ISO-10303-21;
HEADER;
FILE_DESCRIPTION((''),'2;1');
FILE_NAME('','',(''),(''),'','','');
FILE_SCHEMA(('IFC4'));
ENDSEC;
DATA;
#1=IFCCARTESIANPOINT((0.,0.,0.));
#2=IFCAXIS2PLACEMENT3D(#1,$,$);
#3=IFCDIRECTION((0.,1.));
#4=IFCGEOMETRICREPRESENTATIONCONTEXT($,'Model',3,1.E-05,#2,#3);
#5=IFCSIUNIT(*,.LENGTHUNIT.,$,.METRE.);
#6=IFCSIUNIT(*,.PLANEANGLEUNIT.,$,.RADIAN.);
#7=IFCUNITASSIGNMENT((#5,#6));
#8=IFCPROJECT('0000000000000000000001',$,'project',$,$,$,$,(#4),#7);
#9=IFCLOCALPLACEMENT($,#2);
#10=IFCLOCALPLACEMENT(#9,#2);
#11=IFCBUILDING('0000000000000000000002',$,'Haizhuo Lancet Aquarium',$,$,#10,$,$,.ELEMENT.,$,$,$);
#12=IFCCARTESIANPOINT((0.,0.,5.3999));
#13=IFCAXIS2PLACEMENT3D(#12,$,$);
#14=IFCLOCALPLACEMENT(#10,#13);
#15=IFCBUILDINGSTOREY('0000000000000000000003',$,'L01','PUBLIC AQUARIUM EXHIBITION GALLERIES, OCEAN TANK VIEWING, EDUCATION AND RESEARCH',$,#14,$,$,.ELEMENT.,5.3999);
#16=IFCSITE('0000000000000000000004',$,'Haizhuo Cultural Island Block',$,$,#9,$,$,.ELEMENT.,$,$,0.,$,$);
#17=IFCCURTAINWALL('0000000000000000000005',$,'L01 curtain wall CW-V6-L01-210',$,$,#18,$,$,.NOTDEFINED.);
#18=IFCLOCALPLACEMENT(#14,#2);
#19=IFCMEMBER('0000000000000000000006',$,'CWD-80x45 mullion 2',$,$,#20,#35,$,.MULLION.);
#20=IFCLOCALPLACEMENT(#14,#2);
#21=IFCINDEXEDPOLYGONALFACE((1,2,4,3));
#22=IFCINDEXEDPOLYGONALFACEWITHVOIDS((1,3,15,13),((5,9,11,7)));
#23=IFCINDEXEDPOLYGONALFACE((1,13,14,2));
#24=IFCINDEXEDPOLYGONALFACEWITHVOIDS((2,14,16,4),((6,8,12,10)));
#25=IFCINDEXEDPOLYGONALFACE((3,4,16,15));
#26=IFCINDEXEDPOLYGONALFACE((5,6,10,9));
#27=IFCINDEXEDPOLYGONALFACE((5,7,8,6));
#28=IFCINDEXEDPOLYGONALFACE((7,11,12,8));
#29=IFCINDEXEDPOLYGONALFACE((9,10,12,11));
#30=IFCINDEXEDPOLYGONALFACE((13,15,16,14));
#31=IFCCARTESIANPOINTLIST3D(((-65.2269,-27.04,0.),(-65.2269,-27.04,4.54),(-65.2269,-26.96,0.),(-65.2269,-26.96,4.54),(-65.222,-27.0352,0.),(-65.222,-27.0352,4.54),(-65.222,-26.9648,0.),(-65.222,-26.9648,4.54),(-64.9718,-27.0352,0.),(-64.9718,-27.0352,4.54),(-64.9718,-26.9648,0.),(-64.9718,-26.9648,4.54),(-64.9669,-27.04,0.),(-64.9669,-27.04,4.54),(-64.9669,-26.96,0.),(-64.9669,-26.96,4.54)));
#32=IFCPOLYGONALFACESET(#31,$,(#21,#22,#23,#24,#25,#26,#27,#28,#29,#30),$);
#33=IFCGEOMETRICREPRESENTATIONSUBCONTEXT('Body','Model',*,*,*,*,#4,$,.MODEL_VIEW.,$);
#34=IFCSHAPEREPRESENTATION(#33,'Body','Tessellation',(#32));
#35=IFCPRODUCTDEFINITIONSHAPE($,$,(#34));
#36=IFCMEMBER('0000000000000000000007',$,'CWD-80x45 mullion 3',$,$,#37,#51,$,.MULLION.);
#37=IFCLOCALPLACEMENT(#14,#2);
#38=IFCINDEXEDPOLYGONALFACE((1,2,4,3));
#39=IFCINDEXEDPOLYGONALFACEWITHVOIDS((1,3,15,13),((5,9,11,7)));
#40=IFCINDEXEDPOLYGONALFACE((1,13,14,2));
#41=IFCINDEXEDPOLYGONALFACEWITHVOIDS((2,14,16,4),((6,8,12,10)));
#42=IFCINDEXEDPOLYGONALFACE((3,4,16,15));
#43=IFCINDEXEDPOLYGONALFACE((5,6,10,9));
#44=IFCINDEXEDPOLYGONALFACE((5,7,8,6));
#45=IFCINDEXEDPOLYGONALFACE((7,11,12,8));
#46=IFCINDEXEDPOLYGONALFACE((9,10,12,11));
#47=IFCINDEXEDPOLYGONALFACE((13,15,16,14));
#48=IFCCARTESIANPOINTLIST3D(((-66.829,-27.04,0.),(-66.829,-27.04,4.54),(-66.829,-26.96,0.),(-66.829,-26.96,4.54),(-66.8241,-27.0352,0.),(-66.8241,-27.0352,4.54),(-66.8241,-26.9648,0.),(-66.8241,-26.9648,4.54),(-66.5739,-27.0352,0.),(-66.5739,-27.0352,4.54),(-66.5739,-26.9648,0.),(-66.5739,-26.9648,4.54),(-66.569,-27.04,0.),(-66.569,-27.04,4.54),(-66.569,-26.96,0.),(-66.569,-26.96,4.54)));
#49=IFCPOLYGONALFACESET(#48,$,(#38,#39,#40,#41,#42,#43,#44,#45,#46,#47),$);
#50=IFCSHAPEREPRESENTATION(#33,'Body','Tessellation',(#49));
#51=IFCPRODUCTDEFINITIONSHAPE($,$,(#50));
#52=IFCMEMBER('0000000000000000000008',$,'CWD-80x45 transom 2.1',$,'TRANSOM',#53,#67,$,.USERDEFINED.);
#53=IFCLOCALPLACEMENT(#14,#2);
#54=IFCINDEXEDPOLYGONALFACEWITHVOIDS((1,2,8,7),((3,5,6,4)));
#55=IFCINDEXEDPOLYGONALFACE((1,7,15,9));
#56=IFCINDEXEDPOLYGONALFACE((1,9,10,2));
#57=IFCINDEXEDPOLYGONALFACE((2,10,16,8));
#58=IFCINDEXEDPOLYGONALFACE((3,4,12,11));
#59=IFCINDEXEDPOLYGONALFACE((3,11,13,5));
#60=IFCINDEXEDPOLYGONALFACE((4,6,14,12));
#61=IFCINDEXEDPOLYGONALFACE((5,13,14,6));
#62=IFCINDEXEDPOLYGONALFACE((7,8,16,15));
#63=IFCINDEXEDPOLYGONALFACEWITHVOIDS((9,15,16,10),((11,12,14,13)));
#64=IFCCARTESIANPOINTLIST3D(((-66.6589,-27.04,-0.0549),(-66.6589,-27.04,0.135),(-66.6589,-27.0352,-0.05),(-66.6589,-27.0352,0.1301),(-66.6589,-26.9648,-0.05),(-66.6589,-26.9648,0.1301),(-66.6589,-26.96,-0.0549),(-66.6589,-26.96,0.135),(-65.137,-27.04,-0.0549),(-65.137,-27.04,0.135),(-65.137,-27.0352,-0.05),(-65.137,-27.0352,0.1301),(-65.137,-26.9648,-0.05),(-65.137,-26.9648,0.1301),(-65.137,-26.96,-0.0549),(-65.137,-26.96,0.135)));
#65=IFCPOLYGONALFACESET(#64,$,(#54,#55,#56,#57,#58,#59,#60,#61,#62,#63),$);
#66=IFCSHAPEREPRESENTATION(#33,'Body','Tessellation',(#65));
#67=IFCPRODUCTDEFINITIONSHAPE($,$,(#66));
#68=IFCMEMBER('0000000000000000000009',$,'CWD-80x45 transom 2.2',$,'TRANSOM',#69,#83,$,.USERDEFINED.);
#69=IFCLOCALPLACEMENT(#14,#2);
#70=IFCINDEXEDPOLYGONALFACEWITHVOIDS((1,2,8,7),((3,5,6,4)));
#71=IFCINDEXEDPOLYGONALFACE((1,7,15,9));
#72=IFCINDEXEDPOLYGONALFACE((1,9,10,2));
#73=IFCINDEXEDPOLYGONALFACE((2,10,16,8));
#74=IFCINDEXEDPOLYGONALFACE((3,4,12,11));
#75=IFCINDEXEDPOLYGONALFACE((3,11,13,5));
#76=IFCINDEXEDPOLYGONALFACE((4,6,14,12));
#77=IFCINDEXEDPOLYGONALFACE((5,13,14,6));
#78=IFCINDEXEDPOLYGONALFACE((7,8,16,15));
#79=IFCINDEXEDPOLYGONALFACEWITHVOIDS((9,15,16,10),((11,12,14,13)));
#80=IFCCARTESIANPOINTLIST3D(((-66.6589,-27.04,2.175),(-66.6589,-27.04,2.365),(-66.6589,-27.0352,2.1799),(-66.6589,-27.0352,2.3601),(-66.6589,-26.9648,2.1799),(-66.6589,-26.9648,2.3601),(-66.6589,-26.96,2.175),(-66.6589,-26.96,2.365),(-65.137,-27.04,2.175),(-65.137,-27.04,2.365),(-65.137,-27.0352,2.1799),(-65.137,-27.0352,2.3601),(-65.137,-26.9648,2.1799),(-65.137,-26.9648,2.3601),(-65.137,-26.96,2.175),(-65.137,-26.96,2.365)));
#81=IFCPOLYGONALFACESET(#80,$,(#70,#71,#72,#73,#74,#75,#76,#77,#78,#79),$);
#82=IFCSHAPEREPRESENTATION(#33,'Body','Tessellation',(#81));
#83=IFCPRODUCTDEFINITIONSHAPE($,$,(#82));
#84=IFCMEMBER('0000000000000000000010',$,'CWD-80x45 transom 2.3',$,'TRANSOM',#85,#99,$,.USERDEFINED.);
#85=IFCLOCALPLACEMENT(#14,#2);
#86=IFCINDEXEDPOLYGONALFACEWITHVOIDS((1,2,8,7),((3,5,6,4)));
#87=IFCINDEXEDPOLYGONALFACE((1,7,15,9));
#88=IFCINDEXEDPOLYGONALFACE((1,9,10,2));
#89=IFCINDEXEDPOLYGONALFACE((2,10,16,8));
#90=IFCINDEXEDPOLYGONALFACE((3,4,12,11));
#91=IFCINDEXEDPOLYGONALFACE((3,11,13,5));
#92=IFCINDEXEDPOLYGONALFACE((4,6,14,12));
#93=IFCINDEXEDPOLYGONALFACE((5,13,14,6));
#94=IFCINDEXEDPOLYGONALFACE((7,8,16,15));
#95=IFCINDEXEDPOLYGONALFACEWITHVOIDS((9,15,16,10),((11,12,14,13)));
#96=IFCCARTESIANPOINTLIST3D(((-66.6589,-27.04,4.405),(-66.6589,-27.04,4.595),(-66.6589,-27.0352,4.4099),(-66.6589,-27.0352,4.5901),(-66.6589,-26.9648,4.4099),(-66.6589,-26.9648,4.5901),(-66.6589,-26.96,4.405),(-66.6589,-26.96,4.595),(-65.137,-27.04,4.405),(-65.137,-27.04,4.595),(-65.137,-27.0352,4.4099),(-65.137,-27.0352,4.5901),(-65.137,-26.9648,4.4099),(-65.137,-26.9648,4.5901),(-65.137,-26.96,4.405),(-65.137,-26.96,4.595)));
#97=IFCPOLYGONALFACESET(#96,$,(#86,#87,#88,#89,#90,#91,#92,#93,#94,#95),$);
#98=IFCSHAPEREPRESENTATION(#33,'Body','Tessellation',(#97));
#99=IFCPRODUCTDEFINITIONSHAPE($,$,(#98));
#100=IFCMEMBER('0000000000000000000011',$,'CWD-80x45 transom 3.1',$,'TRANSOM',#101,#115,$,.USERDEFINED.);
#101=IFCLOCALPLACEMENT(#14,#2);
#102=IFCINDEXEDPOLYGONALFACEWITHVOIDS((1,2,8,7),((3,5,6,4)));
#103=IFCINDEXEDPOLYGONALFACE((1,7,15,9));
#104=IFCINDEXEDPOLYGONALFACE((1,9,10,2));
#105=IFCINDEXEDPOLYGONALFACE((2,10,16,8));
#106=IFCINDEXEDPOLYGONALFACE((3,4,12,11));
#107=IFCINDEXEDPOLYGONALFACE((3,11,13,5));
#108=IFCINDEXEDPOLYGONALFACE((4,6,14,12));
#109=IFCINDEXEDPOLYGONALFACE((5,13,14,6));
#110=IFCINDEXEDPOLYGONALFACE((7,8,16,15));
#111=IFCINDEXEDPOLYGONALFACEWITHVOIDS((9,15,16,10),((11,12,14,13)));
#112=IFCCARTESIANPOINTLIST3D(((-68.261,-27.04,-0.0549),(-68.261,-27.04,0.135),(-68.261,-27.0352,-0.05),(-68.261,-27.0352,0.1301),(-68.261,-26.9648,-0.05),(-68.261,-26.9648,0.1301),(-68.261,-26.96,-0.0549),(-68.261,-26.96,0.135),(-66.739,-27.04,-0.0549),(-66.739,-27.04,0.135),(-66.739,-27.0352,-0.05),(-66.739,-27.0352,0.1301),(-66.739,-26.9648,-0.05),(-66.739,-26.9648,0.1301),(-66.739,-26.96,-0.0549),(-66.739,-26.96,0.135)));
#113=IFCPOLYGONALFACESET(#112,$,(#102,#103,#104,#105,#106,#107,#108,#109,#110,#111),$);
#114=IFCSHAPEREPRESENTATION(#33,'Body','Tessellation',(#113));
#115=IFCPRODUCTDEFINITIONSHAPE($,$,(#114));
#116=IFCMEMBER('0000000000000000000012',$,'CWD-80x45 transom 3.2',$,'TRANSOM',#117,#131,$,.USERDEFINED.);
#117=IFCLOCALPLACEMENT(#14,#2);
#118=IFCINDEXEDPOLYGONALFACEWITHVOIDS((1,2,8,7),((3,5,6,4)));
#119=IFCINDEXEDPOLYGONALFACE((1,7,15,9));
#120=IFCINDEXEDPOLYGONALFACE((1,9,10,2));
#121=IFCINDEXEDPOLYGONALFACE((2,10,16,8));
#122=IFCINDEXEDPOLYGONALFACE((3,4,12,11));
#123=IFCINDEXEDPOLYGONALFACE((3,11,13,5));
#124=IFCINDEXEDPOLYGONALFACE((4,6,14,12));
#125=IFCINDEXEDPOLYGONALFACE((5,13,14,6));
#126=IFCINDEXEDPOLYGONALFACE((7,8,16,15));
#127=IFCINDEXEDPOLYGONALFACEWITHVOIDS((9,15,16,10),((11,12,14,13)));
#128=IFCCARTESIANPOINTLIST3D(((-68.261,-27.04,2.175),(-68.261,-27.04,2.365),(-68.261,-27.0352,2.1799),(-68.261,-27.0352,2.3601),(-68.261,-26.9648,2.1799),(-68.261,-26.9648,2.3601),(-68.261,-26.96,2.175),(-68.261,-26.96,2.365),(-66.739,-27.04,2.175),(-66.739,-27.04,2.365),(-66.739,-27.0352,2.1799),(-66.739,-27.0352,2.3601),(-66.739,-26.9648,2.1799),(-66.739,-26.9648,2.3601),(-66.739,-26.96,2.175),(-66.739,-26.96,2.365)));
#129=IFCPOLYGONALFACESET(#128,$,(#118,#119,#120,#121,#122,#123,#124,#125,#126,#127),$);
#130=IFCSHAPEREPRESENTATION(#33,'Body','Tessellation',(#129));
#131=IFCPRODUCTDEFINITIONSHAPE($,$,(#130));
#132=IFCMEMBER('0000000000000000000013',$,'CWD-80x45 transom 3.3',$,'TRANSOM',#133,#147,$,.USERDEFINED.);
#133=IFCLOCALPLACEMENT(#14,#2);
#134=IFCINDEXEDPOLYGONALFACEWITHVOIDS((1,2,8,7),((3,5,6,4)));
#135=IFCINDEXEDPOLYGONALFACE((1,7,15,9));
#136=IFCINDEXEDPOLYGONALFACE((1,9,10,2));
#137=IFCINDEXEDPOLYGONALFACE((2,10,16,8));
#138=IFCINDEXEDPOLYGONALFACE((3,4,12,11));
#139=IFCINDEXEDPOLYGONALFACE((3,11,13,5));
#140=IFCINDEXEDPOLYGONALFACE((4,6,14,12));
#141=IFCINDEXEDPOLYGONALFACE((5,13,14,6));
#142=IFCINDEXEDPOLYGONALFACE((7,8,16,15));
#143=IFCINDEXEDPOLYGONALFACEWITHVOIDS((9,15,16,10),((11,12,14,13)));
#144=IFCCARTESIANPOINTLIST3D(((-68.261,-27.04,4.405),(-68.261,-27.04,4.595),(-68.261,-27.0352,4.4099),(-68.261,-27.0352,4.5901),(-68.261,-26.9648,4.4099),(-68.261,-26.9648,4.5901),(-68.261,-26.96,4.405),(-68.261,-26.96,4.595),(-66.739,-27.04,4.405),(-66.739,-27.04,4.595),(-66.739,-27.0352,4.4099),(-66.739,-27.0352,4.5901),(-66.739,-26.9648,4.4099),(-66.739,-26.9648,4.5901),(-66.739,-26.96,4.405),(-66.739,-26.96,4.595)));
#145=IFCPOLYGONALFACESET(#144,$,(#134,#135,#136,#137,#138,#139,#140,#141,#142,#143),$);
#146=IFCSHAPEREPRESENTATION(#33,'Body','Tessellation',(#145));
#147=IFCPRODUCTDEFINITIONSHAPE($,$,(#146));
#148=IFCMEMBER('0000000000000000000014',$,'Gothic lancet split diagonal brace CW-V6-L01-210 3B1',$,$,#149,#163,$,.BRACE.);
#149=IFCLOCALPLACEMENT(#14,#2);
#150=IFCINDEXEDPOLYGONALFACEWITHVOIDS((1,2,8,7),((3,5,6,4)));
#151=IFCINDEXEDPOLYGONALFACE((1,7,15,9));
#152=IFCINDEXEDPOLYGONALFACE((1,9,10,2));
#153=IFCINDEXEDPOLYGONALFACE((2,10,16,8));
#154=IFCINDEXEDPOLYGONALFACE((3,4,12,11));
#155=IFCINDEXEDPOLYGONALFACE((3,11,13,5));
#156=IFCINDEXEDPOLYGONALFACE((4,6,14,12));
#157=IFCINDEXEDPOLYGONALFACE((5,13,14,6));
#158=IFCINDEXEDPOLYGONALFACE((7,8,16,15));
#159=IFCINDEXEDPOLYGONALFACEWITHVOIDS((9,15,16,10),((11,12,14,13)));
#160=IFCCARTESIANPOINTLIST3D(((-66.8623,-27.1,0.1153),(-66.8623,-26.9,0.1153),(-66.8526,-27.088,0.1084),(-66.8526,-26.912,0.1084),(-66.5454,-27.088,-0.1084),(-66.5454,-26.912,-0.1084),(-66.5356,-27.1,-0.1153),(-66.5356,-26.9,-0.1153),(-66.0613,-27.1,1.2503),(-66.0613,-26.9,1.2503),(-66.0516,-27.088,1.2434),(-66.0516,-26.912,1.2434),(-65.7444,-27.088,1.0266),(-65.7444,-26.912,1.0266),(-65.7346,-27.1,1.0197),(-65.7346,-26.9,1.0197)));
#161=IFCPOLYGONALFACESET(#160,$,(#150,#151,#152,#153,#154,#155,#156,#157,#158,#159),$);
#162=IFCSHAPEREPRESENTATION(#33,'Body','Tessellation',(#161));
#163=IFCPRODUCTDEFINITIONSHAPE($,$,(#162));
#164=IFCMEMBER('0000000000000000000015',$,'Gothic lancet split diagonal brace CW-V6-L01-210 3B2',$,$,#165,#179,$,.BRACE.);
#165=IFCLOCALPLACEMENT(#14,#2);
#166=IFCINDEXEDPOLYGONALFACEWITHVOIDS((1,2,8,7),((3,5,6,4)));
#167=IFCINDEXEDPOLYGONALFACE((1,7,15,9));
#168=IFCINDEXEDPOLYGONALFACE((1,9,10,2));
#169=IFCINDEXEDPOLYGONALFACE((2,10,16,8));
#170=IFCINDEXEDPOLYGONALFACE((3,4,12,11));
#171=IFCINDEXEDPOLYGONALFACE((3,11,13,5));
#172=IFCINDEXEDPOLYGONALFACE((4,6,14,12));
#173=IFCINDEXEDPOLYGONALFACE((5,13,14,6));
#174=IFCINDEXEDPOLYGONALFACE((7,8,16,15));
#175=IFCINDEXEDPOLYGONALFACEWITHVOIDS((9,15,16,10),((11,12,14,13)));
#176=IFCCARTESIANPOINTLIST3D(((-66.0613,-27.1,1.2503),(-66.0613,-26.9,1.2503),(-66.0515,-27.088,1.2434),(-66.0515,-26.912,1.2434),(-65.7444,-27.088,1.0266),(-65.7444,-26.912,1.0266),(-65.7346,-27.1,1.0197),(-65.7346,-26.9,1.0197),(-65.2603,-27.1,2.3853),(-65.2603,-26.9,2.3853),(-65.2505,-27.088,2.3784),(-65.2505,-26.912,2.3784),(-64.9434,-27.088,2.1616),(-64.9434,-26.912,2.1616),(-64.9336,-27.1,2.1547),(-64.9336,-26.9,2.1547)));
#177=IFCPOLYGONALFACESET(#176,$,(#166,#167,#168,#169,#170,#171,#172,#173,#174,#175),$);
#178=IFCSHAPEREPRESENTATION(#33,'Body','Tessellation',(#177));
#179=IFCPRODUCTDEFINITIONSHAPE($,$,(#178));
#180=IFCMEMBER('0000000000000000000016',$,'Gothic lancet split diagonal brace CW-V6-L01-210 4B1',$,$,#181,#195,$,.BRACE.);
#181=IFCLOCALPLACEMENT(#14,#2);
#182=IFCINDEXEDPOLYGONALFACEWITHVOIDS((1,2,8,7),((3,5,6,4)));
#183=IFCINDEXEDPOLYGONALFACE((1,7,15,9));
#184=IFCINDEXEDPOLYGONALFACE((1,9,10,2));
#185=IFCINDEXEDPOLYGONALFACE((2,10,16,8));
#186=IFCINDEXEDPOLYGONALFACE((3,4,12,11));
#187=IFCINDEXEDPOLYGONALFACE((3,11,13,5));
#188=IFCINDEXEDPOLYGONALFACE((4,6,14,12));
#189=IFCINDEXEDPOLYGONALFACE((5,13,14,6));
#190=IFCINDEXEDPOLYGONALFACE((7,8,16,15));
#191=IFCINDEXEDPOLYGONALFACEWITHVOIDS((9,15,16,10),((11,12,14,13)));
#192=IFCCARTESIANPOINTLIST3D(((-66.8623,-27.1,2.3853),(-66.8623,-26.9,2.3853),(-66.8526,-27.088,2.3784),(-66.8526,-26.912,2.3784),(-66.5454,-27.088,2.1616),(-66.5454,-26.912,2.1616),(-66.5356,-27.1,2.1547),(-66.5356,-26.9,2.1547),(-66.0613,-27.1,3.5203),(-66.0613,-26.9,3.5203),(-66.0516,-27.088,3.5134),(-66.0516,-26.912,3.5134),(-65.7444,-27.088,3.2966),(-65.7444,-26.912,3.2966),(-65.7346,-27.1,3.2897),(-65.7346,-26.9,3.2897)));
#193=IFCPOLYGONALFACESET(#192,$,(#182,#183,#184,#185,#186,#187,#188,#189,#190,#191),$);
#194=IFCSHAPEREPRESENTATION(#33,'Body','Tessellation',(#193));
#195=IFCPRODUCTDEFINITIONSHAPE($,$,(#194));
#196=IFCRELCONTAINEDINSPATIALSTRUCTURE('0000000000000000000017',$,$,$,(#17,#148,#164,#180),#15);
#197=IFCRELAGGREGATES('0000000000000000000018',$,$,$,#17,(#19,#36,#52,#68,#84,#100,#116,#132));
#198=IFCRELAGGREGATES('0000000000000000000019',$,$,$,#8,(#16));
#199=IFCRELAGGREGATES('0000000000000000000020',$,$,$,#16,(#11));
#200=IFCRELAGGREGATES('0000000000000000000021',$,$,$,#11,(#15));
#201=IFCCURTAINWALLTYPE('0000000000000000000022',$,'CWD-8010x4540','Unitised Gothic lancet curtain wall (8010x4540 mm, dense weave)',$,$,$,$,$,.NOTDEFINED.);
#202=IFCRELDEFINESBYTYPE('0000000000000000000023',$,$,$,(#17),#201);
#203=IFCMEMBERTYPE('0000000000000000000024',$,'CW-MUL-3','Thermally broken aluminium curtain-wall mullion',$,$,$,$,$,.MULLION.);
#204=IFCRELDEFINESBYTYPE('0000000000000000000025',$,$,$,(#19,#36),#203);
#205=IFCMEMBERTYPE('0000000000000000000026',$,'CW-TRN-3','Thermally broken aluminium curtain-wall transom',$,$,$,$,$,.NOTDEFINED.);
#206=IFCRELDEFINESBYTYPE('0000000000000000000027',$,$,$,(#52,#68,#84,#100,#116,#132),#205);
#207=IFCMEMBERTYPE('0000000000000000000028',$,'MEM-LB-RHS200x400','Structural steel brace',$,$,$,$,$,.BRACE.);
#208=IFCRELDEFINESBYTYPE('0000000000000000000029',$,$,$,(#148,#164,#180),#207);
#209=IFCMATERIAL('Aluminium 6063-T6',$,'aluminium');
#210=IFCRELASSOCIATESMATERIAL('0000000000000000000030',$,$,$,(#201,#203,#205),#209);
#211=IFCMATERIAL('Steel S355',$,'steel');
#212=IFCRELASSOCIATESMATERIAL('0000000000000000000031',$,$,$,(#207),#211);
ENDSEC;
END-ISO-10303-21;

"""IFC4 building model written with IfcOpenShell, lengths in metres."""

from ifc_helpers import new_model, si_unit, direction, frame, origin, origin_2d, place, context, subcontext, project, spatial, hollow_rectangle, extrude, material, material_profile, profile_set, type_object, element, aggregate, save


model = new_model("IFC4")

# Units and contexts
model_context = context("Model", 3, precision=1e-05, world=origin(), true_north=direction((0.0, 1.0)))
body_context = subcontext(model_context, "Body", "Model", "MODEL_VIEW")
ifc_project = project(units=[si_unit("LENGTHUNIT", "METRE"), si_unit("PLANEANGLEUNIT", "RADIAN")], contexts=[model_context])

# Site, building, storey
site_placement = place(None, origin())
site = spatial("IfcSite", under=ifc_project, at=site_placement, Name="Haizhuo Cultural Island Block", CompositionType="ELEMENT", RefElevation=0.0)
building_placement = place(site_placement, origin())
building = spatial("IfcBuilding", under=site, at=building_placement, Name="Haizhuo Lancet Aquarium", CompositionType="ELEMENT")
storey_placement = place(building_placement, frame((0.0, 0.0, 5.3999)))
storey = spatial("IfcBuildingStorey", under=building, at=storey_placement, Name="L01", Description="PUBLIC AQUARIUM EXHIBITION GALLERIES, OCEAN TANK VIEWING, EDUCATION AND RESEARCH", CompositionType="ELEMENT", Elevation=5.3999)

# Curtain wall, members
ifc_material_1 = material(Name="Aluminium 6063-T6", Category="aluminium")
curtain_wall_type = type_object("IfcCurtainWallType", Name="CWD-8010x4540", Description="Unitised Gothic lancet curtain wall (8010x4540 mm, dense weave)", PredefinedType="NOTDEFINED", material=ifc_material_1)
curtain_wall_placement = place(storey_placement, origin())
curtain_wall = element("IfcCurtainWall", 1, at=curtain_wall_placement, inside=storey, type_object=curtain_wall_type, Name="L01 curtain wall CW-V6-L01-210", PredefinedType="NOTDEFINED")
ifc_material_profile_1 = material_profile(ifc_material_1, hollow_rectangle(XDim=0.0801, YDim=0.26, WallThickness=0.0049, at=origin_2d()), Name="ALU-M 80x260x5")
ifc_profile_set_1 = profile_set([ifc_material_profile_1], Name="Aluminium 6063-T6")
member_type_1 = type_object("IfcMemberType", Name="CW-MUL-3", Description="Thermally broken aluminium curtain-wall mullion", PredefinedType="MULLION", material=ifc_profile_set_1)
member_1_placement = place(storey_placement, frame((-65.0969, -27.0, 0.0), z_axis=(0.0, 0.0, 1.0), x_axis=(0.0, -1.0, 0.0)))
member_1 = element("IfcMember", 2, at=member_1_placement, type_object=member_type_1, Name="CWD-80x45 mullion 2", PredefinedType="MULLION", context=body_context, shape_type="SweptSolid", body=[
    extrude(hollow_rectangle(XDim=0.0801, YDim=0.26, WallThickness=0.0049, at=origin_2d()), origin(), (0.0, 0.0, 1.0), 4.54),
])
member_2_placement = place(storey_placement, frame((-66.699, -27.0, 0.0), z_axis=(0.0, 0.0, 1.0), x_axis=(0.0, -1.0, 0.0)))
member_2 = element("IfcMember", 3, at=member_2_placement, type_object=member_type_1, Name="CWD-80x45 mullion 3", PredefinedType="MULLION", context=body_context, shape_type="SweptSolid", body=[
    extrude(hollow_rectangle(XDim=0.0801, YDim=0.26, WallThickness=0.0049, at=origin_2d()), origin(), (0.0, 0.0, 1.0), 4.54),
])
ifc_material_profile_2 = material_profile(ifc_material_1, hollow_rectangle(XDim=0.0801, YDim=0.1899, WallThickness=0.0049, at=origin_2d()), Name="ALU-T 80x190x5")
ifc_profile_set_2 = profile_set([ifc_material_profile_2], Name="Aluminium 6063-T6")
member_type_2 = type_object("IfcMemberType", Name="CW-TRN-3", Description="Thermally broken aluminium curtain-wall transom", PredefinedType="NOTDEFINED", material=ifc_profile_set_2)
member_3_placement = place(storey_placement, frame((-65.137, -27.0, 0.04), z_axis=(-1.0, 0.0, 0.0), x_axis=(0.0, -1.0, 0.0)))
member_3 = element("IfcMember", 4, at=member_3_placement, type_object=member_type_2, Name="CWD-80x45 transom 2.1", ObjectType="TRANSOM", PredefinedType="USERDEFINED", context=body_context, shape_type="SweptSolid", body=[
    extrude(hollow_rectangle(XDim=0.0801, YDim=0.1899, WallThickness=0.0049, at=origin_2d()), origin(), (0.0, 0.0, 1.0), 1.522),
])
member_4_placement = place(storey_placement, frame((-65.137, -27.0, 2.27), z_axis=(-1.0, 0.0, 0.0), x_axis=(0.0, -1.0, 0.0)))
member_4 = element("IfcMember", 5, at=member_4_placement, type_object=member_type_2, Name="CWD-80x45 transom 2.2", ObjectType="TRANSOM", PredefinedType="USERDEFINED", context=body_context, shape_type="SweptSolid", body=[
    extrude(hollow_rectangle(XDim=0.0801, YDim=0.1899, WallThickness=0.0049, at=origin_2d()), origin(), (0.0, 0.0, 1.0), 1.522),
])
member_5_placement = place(storey_placement, frame((-65.137, -27.0, 4.5), z_axis=(-1.0, 0.0, 0.0), x_axis=(0.0, -1.0, 0.0)))
member_5 = element("IfcMember", 6, at=member_5_placement, type_object=member_type_2, Name="CWD-80x45 transom 2.3", ObjectType="TRANSOM", PredefinedType="USERDEFINED", context=body_context, shape_type="SweptSolid", body=[
    extrude(hollow_rectangle(XDim=0.0801, YDim=0.1899, WallThickness=0.0049, at=origin_2d()), origin(), (0.0, 0.0, 1.0), 1.522),
])
member_6_placement = place(storey_placement, frame((-66.739, -27.0, 0.04), z_axis=(-1.0, 0.0, 0.0), x_axis=(0.0, -1.0, 0.0)))
member_6 = element("IfcMember", 7, at=member_6_placement, type_object=member_type_2, Name="CWD-80x45 transom 3.1", ObjectType="TRANSOM", PredefinedType="USERDEFINED", context=body_context, shape_type="SweptSolid", body=[
    extrude(hollow_rectangle(XDim=0.0801, YDim=0.1899, WallThickness=0.0049, at=origin_2d()), origin(), (0.0, 0.0, 1.0), 1.522),
])
member_7_placement = place(storey_placement, frame((-66.739, -27.0, 2.27), z_axis=(-1.0, 0.0, 0.0), x_axis=(0.0, -1.0, 0.0)))
member_7 = element("IfcMember", 8, at=member_7_placement, type_object=member_type_2, Name="CWD-80x45 transom 3.2", ObjectType="TRANSOM", PredefinedType="USERDEFINED", context=body_context, shape_type="SweptSolid", body=[
    extrude(hollow_rectangle(XDim=0.0801, YDim=0.1899, WallThickness=0.0049, at=origin_2d()), origin(), (0.0, 0.0, 1.0), 1.522),
])
member_8_placement = place(storey_placement, frame((-66.739, -27.0, 4.5), z_axis=(-1.0, 0.0, 0.0), x_axis=(0.0, -1.0, 0.0)))
member_8 = element("IfcMember", 9, at=member_8_placement, type_object=member_type_2, Name="CWD-80x45 transom 3.3", ObjectType="TRANSOM", PredefinedType="USERDEFINED", context=body_context, shape_type="SweptSolid", body=[
    extrude(hollow_rectangle(XDim=0.0801, YDim=0.1899, WallThickness=0.0049, at=origin_2d()), origin(), (0.0, 0.0, 1.0), 1.522),
])

# Members
ifc_material_2 = material(Name="Steel S355", Category="steel")
ifc_material_profile_3 = material_profile(ifc_material_2, hollow_rectangle(XDim=0.2, YDim=0.3999, WallThickness=0.012, at=origin_2d()), Name="RHS 200x400x12")
ifc_profile_set_3 = profile_set([ifc_material_profile_3], Name="Steel S355")
member_type_3 = type_object("IfcMemberType", Name="MEM-LB-RHS200x400", Description="Structural steel brace", PredefinedType="BRACE", material=ifc_profile_set_3)
for number, where, z_axis, x_axis, name in (
    (10, (-66.699, -27.0, 0.0), (0.576607, 0.0, 0.817021), (0.0, 1.0, 0.0), "Gothic lancet split diagonal brace CW-V6-L01-210 3B1"),
    (11, (-65.8979, -27.0, 1.135), (0.576607, 0.0, 0.817021), (0.0, 1.0, 0.0), "Gothic lancet split diagonal brace CW-V6-L01-210 3B2"),
    (12, (-66.699, -27.0, 2.27), (0.576607, 0.0, 0.817021), (0.0, 1.0, 0.0), "Gothic lancet split diagonal brace CW-V6-L01-210 4B1"),
):
    element("IfcMember", number, at=place(storey_placement, frame(where, z_axis=z_axis, x_axis=x_axis)), inside=storey, type_object=member_type_3, Name=name, PredefinedType="BRACE", context=body_context, shape_type="SweptSolid", body=[
        extrude(hollow_rectangle(XDim=0.2, YDim=0.3999, WallThickness=0.012, at=origin_2d()), origin(), (0.0, 0.0, 1.0), 1.3892),
    ])

aggregate(curtain_wall, [member_1, member_2, member_3, member_4, member_5, member_6, member_7, member_8])

save(model, "model.ifc")
